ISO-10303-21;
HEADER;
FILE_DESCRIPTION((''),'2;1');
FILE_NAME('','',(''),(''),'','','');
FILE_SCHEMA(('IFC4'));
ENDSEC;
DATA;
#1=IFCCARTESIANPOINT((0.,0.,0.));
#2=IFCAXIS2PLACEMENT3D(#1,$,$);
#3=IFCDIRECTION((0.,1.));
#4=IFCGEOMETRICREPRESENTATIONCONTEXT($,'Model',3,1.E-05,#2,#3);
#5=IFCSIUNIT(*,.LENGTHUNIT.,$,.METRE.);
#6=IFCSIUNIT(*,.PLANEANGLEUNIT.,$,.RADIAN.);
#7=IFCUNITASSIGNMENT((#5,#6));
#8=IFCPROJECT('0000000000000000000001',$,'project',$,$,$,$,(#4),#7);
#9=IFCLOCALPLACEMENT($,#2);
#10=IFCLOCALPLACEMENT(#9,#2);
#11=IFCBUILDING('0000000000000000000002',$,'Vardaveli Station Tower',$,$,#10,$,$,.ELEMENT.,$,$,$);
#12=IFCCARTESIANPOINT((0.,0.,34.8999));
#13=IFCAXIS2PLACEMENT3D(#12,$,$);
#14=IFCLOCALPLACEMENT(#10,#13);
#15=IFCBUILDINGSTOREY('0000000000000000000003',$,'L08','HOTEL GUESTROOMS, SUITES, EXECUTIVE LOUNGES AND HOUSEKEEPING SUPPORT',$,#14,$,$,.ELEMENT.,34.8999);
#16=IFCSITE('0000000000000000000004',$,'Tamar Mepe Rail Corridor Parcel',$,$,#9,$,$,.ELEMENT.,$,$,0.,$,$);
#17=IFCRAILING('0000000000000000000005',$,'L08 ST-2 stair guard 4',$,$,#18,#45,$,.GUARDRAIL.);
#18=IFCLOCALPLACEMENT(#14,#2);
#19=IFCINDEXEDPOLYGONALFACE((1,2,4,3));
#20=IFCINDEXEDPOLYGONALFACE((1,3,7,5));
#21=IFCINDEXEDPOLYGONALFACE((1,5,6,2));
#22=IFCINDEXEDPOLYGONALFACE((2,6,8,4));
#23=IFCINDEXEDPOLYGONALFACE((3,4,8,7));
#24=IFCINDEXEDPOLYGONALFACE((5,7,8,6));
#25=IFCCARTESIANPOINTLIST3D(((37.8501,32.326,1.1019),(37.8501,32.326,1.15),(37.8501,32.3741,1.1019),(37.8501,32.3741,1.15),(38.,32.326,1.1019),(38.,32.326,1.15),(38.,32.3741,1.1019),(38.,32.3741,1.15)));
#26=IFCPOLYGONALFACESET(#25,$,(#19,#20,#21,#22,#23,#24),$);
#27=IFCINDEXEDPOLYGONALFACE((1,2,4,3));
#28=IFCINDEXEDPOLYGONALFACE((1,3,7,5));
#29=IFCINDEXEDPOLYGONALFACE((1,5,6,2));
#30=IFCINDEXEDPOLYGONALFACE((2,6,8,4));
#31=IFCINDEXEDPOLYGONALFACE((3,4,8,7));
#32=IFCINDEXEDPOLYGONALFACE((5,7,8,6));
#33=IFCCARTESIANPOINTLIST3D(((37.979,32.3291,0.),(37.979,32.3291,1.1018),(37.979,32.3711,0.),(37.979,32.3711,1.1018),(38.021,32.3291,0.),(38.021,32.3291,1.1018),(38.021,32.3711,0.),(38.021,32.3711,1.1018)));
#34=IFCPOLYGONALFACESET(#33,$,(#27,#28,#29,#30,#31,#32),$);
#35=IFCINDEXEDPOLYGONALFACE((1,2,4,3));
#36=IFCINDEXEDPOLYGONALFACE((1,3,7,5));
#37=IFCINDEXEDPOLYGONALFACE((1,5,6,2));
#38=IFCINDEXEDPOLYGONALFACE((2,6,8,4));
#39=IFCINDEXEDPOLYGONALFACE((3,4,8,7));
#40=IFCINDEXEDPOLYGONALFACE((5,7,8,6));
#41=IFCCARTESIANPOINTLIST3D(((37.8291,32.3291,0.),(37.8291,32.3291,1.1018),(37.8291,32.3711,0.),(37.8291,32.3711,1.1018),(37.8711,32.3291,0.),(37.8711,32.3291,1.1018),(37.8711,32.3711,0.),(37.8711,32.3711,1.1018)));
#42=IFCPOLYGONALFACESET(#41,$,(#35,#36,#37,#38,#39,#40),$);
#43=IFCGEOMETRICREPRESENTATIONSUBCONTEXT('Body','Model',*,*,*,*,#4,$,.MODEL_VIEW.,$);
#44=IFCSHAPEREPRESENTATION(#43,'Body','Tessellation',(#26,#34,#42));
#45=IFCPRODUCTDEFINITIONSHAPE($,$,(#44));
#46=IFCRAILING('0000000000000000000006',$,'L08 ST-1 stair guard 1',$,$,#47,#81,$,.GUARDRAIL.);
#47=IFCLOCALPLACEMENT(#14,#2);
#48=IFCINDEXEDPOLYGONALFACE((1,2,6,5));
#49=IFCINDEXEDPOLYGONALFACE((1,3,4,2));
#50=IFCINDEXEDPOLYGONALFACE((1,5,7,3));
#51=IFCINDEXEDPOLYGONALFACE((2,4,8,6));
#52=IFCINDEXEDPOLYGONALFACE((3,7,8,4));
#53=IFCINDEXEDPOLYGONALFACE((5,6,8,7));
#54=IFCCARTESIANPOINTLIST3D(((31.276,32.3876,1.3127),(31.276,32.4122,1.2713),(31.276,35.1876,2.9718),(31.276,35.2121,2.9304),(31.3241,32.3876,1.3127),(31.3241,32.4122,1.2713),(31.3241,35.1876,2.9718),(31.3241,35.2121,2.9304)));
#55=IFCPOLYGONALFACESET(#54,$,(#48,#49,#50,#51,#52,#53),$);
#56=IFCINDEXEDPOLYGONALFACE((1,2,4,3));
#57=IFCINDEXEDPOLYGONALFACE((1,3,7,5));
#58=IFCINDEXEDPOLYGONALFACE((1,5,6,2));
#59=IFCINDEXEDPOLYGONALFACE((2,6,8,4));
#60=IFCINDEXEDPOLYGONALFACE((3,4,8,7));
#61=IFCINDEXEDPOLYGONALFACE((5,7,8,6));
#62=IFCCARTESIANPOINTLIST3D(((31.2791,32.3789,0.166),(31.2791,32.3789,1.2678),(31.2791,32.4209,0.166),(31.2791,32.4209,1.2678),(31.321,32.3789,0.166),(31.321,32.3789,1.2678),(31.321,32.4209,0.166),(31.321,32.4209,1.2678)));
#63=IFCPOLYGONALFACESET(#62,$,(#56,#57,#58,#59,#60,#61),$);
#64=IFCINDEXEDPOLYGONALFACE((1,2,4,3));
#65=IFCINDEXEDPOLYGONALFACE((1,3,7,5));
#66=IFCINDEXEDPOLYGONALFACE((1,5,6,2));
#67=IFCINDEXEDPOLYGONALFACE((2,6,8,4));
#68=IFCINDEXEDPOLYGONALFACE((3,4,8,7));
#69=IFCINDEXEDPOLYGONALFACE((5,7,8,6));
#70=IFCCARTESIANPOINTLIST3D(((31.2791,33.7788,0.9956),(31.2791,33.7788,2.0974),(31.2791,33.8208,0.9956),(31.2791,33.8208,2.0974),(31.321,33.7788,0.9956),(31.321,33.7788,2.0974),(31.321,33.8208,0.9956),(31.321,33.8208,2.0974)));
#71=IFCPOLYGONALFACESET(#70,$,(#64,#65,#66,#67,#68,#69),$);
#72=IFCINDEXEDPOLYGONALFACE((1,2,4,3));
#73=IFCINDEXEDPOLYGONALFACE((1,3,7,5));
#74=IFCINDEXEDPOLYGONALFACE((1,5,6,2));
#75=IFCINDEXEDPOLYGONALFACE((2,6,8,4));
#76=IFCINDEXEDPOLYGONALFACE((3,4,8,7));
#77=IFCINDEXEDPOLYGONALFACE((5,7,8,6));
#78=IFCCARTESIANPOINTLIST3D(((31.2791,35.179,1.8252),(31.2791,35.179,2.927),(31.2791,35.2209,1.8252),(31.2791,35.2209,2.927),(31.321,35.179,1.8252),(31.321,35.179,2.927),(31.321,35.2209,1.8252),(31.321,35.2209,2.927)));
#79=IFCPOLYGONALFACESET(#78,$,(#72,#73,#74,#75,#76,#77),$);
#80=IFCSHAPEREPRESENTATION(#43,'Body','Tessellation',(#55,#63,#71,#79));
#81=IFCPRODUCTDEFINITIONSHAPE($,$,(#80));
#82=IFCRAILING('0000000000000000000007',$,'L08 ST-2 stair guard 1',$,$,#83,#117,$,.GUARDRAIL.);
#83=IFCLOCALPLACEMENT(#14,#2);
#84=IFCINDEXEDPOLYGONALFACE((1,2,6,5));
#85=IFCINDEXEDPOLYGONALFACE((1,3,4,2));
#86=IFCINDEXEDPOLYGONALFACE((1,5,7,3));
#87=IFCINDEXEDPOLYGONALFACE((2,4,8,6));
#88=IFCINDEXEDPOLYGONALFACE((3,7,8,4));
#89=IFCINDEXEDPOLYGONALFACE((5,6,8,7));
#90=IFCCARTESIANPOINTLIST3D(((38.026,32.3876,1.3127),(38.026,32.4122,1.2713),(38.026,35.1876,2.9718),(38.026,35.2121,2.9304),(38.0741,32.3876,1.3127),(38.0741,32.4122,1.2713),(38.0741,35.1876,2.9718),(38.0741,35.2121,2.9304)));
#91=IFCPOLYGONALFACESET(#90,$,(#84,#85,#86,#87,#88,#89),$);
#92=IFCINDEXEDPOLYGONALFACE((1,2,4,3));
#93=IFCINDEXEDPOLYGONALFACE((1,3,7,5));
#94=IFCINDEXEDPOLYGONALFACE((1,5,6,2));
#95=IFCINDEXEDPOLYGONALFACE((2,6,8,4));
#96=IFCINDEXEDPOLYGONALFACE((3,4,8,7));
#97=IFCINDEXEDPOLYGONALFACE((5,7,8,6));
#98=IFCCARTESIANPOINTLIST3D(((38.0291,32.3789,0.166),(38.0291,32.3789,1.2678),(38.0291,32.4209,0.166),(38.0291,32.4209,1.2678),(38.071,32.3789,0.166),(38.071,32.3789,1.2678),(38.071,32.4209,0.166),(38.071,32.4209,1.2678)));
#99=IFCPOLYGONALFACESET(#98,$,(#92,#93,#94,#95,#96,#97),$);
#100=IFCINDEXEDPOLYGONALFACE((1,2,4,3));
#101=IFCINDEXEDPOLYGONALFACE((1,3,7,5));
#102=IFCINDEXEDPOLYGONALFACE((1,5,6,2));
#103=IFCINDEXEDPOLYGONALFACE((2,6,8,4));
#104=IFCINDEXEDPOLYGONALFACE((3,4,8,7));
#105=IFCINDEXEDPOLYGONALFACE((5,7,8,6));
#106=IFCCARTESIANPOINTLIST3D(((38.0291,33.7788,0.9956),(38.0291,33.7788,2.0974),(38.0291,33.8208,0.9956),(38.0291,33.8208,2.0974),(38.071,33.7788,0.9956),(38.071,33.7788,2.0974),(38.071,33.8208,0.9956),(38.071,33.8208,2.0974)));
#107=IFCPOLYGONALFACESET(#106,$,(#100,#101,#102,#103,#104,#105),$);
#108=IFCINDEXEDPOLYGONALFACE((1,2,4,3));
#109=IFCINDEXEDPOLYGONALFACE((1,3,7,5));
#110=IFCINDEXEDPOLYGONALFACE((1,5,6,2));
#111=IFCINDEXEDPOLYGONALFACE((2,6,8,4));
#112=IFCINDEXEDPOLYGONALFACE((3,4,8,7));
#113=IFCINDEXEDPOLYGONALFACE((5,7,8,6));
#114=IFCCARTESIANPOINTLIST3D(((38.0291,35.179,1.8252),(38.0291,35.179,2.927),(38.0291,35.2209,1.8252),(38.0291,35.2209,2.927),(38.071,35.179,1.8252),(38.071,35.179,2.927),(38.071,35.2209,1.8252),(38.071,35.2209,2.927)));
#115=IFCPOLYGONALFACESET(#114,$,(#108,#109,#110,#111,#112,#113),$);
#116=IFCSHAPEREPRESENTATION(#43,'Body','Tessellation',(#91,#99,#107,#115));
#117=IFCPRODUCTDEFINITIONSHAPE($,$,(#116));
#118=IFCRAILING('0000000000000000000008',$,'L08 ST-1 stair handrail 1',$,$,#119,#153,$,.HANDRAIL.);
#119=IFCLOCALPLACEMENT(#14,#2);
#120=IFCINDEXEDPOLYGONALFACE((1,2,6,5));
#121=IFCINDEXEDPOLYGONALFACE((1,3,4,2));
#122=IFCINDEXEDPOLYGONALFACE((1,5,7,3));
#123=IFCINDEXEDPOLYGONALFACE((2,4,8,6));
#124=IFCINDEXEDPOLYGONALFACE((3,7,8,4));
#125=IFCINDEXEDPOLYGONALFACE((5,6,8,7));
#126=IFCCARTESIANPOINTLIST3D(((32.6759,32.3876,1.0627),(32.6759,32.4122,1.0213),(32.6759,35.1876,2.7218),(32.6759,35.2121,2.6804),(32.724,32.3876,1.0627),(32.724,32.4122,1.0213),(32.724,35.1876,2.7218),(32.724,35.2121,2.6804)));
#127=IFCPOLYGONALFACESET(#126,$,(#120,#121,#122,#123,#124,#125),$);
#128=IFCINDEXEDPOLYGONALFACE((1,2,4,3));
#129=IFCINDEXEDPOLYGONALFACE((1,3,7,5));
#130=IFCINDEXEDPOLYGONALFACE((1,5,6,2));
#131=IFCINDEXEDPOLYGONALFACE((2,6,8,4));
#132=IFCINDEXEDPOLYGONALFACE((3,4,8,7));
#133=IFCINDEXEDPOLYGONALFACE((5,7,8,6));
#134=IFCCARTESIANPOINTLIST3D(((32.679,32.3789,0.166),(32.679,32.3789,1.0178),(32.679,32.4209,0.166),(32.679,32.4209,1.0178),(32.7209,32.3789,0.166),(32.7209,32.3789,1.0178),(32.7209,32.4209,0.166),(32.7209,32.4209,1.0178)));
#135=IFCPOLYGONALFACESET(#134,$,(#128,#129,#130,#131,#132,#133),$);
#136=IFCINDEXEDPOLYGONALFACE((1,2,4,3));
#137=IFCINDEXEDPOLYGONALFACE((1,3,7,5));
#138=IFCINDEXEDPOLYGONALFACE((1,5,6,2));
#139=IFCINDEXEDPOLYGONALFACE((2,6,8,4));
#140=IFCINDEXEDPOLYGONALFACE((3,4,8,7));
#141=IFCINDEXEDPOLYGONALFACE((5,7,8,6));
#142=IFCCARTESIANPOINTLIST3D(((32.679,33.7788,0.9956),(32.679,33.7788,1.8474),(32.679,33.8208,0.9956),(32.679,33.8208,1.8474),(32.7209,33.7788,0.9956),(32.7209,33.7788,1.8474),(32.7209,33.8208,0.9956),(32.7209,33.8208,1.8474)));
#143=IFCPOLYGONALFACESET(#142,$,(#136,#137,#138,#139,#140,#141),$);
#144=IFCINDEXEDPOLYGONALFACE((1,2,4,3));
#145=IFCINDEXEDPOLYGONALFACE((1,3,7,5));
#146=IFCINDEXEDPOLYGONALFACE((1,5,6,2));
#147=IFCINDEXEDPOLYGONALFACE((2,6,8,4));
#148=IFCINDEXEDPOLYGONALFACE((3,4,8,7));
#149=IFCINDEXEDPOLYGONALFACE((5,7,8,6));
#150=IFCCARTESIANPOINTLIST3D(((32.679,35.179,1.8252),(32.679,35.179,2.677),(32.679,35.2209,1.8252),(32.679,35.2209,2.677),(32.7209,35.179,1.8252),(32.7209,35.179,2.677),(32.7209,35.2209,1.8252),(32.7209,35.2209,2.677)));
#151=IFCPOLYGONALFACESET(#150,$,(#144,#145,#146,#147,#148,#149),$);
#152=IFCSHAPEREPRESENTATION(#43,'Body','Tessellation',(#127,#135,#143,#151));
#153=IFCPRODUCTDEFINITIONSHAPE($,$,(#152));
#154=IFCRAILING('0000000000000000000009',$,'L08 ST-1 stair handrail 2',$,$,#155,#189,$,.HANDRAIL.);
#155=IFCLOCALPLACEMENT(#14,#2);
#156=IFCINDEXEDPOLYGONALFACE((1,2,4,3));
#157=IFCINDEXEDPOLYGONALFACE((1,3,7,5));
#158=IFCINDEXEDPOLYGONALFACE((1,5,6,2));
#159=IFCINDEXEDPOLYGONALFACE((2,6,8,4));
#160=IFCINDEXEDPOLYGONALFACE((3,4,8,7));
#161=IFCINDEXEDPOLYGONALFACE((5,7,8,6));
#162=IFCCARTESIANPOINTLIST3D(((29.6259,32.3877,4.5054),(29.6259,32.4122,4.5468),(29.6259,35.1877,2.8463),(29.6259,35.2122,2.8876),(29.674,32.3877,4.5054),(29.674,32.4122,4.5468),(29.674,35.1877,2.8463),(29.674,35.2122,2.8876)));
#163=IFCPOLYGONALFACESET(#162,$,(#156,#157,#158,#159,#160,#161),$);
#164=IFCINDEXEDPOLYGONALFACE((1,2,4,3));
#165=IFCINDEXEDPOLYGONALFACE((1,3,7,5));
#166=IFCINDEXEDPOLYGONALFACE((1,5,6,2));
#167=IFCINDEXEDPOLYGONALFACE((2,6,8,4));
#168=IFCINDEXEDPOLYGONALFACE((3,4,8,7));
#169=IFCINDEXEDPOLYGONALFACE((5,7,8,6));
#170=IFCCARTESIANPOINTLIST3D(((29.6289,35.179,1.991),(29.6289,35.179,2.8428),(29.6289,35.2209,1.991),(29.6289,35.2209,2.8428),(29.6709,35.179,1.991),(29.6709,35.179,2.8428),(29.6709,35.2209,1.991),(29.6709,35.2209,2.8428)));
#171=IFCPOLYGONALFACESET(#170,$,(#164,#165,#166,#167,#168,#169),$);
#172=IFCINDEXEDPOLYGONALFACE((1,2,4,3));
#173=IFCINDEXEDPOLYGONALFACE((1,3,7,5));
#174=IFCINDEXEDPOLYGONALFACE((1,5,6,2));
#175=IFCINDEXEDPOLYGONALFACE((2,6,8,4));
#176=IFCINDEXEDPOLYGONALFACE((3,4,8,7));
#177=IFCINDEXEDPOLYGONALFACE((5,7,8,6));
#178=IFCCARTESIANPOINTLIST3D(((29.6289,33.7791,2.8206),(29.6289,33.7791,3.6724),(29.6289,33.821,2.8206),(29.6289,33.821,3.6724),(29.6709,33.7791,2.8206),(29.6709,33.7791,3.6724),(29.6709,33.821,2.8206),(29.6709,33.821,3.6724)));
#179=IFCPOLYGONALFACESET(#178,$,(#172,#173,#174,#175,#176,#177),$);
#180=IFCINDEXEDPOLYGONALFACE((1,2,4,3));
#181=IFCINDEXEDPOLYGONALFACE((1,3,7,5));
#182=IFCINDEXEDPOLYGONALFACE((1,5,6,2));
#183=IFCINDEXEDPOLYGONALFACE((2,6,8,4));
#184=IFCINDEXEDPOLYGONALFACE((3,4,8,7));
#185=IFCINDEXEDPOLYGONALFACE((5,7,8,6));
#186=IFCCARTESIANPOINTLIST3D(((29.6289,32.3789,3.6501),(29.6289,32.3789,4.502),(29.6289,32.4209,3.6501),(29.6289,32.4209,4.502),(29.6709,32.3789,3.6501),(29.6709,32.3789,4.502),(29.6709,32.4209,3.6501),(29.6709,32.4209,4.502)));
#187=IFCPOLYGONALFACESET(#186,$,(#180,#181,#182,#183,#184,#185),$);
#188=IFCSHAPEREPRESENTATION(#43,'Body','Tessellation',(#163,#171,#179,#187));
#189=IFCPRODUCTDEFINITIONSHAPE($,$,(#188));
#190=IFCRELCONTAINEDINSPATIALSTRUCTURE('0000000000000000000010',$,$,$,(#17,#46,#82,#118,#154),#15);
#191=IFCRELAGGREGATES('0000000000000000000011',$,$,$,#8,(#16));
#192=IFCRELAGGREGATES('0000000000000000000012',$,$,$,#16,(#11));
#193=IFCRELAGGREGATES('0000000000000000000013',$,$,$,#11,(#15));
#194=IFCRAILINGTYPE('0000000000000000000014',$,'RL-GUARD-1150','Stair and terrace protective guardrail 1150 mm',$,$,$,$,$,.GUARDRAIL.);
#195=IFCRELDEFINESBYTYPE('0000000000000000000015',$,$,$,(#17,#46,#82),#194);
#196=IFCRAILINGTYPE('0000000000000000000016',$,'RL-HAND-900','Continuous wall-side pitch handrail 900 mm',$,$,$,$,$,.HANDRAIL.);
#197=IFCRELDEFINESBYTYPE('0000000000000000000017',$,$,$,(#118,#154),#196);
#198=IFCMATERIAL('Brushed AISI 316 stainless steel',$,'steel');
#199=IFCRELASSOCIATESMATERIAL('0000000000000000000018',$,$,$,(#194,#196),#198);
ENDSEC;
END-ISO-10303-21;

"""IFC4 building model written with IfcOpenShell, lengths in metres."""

from ifc_helpers import new_model, si_unit, direction, frame, origin, origin_2d, place, context, subcontext, project, spatial, rectangle, extrude, source, transform, mapped, material, type_object, element, save


model = new_model("IFC4")

# Units and contexts
model_context = context("Model", 3, precision=1e-05, world=origin(), true_north=direction((0.0, 1.0)))
body_context = subcontext(model_context, "Body", "Model", "MODEL_VIEW")
ifc_project = project(units=[si_unit("LENGTHUNIT", "METRE"), si_unit("PLANEANGLEUNIT", "RADIAN")], contexts=[model_context])

# Site, building, storey
site_placement = place(None, origin())
site = spatial("IfcSite", under=ifc_project, at=site_placement, Name="Tamar Mepe Rail Corridor Parcel", CompositionType="ELEMENT", RefElevation=0.0)
building_placement = place(site_placement, origin())
building = spatial("IfcBuilding", under=site, at=building_placement, Name="Vardaveli Station Tower", CompositionType="ELEMENT")
storey_placement = place(building_placement, frame((0.0, 0.0, 34.8999)))
storey = spatial("IfcBuildingStorey", under=building, at=storey_placement, Name="L08", Description="HOTEL GUESTROOMS, SUITES, EXECUTIVE LOUNGES AND HOUSEKEEPING SUPPORT", CompositionType="ELEMENT", Elevation=34.8999)

# Railings
ifc_material_1 = material(Name="Brushed AISI 316 stainless steel", Category="steel")
railing_type_1 = type_object("IfcRailingType", Name="RL-GUARD-1150", Description="Stair and terrace protective guardrail 1150 mm", PredefinedType="GUARDRAIL", material=ifc_material_1)
shared_shape_1 = source(origin(), body_context, "Body", "SweptSolid", [
    extrude(rectangle(XDim=0.0481, YDim=0.0481, at=origin_2d()), frame((0.0, 0.0, 1.126), z_axis=(-1.0, 0.0, 0.0), x_axis=(0.0, -1.0, 0.0)), (0.0, 0.0, 1.0), 0.1499),
    extrude(rectangle(XDim=0.042, YDim=0.042, at=origin_2d()), origin(), (0.0, 0.0, 1.0), 1.1018),
    extrude(rectangle(XDim=0.042, YDim=0.042, at=origin_2d()), frame((-0.1499, 0.0, 0.0)), (0.0, 0.0, 1.0), 1.1018),
])
for number, where, name in (
    (1, (38.0, 32.3501, 0.0), "L08 ST-2 stair guard 4"),
):
    element("IfcRailing", number, at=place(storey_placement, frame(where)), inside=storey, type_object=railing_type_1, Name=name, PredefinedType="GUARDRAIL", context=body_context, shape_type="MappedRepresentation", body=[
        mapped(shared_shape_1, transform((0.0, 0.0, 0.0), scale=1.0)),
    ])
shared_shape_2 = source(origin(), body_context, "Body", "SweptSolid", [
    extrude(rectangle(XDim=0.0481, YDim=0.0481, at=origin_2d()), frame((0.0, 0.0, 1.126), z_axis=(0.0, 0.860306, 0.509778), x_axis=(-1.0, 0.0, 0.0)), (0.0, 0.0, 1.0), 3.2546),
    extrude(rectangle(XDim=0.042, YDim=0.042, at=origin_2d()), origin(), (0.0, 0.0, 1.0), 1.1018),
    extrude(rectangle(XDim=0.042, YDim=0.042, at=origin_2d()), frame((0.0, 1.3999, 0.8296)), (0.0, 0.0, 1.0), 1.1018),
    extrude(rectangle(XDim=0.042, YDim=0.042, at=origin_2d()), frame((0.0, 2.8, 1.6592)), (0.0, 0.0, 1.0), 1.1018),
])
for number, where, name in (
    (2, (31.3, 32.3999, 0.166), "L08 ST-1 stair guard 1"),
    (3, (38.05, 32.3999, 0.166), "L08 ST-2 stair guard 1"),
):
    element("IfcRailing", number, at=place(storey_placement, frame(where)), inside=storey, type_object=railing_type_1, Name=name, PredefinedType="GUARDRAIL", context=body_context, shape_type="MappedRepresentation", body=[
        mapped(shared_shape_2, transform((0.0, 0.0, 0.0), scale=1.0)),
    ])
railing_type_2 = type_object("IfcRailingType", Name="RL-HAND-900", Description="Continuous wall-side pitch handrail 900 mm", PredefinedType="HANDRAIL", material=ifc_material_1)
shared_shape_3 = source(origin(), body_context, "Body", "SweptSolid", [
    extrude(rectangle(XDim=0.0481, YDim=0.0481, at=origin_2d()), frame((0.0, 0.0, 0.876), z_axis=(0.0, 0.860306, 0.509778), x_axis=(-1.0, 0.0, 0.0)), (0.0, 0.0, 1.0), 3.2546),
    extrude(rectangle(XDim=0.042, YDim=0.042, at=origin_2d()), origin(), (0.0, 0.0, 1.0), 0.8518),
    extrude(rectangle(XDim=0.042, YDim=0.042, at=origin_2d()), frame((0.0, 1.3999, 0.8296)), (0.0, 0.0, 1.0), 0.8518),
    extrude(rectangle(XDim=0.042, YDim=0.042, at=origin_2d()), frame((0.0, 2.8, 1.6592)), (0.0, 0.0, 1.0), 0.8518),
])
railing_1_placement = place(storey_placement, frame((32.7, 32.3999, 0.166)))
element("IfcRailing", 4, at=railing_1_placement, inside=storey, type_object=railing_type_2, Name="L08 ST-1 stair handrail 1", PredefinedType="HANDRAIL", context=body_context, shape_type="MappedRepresentation", body=[
    mapped(shared_shape_3, transform((0.0, 0.0, 0.0), scale=1.0)),
])
shared_shape_4 = source(origin(), body_context, "Body", "SweptSolid", [
    extrude(rectangle(XDim=0.0481, YDim=0.0481, at=origin_2d()), frame((0.0, 0.0, 0.876), z_axis=(0.0, -0.860306, 0.509778), x_axis=(1.0, 0.0, 0.0)), (0.0, 0.0, 1.0), 3.2546),
    extrude(rectangle(XDim=0.042, YDim=0.042, at=origin_2d()), origin(), (0.0, 0.0, 1.0), 0.8518),
    extrude(rectangle(XDim=0.042, YDim=0.042, at=origin_2d()), frame((0.0, -1.3999, 0.8296)), (0.0, 0.0, 1.0), 0.8518),
    extrude(rectangle(XDim=0.042, YDim=0.042, at=origin_2d()), frame((0.0, -2.8, 1.6592)), (0.0, 0.0, 1.0), 0.8518),
])
railing_2_placement = place(storey_placement, frame((29.6499, 35.2, 1.991)))
element("IfcRailing", 5, at=railing_2_placement, inside=storey, type_object=railing_type_2, Name="L08 ST-1 stair handrail 2", PredefinedType="HANDRAIL", context=body_context, shape_type="MappedRepresentation", body=[
    mapped(shared_shape_4, transform((0.0, 0.0, 0.0), scale=1.0)),
])

save(model, "model.ifc")
